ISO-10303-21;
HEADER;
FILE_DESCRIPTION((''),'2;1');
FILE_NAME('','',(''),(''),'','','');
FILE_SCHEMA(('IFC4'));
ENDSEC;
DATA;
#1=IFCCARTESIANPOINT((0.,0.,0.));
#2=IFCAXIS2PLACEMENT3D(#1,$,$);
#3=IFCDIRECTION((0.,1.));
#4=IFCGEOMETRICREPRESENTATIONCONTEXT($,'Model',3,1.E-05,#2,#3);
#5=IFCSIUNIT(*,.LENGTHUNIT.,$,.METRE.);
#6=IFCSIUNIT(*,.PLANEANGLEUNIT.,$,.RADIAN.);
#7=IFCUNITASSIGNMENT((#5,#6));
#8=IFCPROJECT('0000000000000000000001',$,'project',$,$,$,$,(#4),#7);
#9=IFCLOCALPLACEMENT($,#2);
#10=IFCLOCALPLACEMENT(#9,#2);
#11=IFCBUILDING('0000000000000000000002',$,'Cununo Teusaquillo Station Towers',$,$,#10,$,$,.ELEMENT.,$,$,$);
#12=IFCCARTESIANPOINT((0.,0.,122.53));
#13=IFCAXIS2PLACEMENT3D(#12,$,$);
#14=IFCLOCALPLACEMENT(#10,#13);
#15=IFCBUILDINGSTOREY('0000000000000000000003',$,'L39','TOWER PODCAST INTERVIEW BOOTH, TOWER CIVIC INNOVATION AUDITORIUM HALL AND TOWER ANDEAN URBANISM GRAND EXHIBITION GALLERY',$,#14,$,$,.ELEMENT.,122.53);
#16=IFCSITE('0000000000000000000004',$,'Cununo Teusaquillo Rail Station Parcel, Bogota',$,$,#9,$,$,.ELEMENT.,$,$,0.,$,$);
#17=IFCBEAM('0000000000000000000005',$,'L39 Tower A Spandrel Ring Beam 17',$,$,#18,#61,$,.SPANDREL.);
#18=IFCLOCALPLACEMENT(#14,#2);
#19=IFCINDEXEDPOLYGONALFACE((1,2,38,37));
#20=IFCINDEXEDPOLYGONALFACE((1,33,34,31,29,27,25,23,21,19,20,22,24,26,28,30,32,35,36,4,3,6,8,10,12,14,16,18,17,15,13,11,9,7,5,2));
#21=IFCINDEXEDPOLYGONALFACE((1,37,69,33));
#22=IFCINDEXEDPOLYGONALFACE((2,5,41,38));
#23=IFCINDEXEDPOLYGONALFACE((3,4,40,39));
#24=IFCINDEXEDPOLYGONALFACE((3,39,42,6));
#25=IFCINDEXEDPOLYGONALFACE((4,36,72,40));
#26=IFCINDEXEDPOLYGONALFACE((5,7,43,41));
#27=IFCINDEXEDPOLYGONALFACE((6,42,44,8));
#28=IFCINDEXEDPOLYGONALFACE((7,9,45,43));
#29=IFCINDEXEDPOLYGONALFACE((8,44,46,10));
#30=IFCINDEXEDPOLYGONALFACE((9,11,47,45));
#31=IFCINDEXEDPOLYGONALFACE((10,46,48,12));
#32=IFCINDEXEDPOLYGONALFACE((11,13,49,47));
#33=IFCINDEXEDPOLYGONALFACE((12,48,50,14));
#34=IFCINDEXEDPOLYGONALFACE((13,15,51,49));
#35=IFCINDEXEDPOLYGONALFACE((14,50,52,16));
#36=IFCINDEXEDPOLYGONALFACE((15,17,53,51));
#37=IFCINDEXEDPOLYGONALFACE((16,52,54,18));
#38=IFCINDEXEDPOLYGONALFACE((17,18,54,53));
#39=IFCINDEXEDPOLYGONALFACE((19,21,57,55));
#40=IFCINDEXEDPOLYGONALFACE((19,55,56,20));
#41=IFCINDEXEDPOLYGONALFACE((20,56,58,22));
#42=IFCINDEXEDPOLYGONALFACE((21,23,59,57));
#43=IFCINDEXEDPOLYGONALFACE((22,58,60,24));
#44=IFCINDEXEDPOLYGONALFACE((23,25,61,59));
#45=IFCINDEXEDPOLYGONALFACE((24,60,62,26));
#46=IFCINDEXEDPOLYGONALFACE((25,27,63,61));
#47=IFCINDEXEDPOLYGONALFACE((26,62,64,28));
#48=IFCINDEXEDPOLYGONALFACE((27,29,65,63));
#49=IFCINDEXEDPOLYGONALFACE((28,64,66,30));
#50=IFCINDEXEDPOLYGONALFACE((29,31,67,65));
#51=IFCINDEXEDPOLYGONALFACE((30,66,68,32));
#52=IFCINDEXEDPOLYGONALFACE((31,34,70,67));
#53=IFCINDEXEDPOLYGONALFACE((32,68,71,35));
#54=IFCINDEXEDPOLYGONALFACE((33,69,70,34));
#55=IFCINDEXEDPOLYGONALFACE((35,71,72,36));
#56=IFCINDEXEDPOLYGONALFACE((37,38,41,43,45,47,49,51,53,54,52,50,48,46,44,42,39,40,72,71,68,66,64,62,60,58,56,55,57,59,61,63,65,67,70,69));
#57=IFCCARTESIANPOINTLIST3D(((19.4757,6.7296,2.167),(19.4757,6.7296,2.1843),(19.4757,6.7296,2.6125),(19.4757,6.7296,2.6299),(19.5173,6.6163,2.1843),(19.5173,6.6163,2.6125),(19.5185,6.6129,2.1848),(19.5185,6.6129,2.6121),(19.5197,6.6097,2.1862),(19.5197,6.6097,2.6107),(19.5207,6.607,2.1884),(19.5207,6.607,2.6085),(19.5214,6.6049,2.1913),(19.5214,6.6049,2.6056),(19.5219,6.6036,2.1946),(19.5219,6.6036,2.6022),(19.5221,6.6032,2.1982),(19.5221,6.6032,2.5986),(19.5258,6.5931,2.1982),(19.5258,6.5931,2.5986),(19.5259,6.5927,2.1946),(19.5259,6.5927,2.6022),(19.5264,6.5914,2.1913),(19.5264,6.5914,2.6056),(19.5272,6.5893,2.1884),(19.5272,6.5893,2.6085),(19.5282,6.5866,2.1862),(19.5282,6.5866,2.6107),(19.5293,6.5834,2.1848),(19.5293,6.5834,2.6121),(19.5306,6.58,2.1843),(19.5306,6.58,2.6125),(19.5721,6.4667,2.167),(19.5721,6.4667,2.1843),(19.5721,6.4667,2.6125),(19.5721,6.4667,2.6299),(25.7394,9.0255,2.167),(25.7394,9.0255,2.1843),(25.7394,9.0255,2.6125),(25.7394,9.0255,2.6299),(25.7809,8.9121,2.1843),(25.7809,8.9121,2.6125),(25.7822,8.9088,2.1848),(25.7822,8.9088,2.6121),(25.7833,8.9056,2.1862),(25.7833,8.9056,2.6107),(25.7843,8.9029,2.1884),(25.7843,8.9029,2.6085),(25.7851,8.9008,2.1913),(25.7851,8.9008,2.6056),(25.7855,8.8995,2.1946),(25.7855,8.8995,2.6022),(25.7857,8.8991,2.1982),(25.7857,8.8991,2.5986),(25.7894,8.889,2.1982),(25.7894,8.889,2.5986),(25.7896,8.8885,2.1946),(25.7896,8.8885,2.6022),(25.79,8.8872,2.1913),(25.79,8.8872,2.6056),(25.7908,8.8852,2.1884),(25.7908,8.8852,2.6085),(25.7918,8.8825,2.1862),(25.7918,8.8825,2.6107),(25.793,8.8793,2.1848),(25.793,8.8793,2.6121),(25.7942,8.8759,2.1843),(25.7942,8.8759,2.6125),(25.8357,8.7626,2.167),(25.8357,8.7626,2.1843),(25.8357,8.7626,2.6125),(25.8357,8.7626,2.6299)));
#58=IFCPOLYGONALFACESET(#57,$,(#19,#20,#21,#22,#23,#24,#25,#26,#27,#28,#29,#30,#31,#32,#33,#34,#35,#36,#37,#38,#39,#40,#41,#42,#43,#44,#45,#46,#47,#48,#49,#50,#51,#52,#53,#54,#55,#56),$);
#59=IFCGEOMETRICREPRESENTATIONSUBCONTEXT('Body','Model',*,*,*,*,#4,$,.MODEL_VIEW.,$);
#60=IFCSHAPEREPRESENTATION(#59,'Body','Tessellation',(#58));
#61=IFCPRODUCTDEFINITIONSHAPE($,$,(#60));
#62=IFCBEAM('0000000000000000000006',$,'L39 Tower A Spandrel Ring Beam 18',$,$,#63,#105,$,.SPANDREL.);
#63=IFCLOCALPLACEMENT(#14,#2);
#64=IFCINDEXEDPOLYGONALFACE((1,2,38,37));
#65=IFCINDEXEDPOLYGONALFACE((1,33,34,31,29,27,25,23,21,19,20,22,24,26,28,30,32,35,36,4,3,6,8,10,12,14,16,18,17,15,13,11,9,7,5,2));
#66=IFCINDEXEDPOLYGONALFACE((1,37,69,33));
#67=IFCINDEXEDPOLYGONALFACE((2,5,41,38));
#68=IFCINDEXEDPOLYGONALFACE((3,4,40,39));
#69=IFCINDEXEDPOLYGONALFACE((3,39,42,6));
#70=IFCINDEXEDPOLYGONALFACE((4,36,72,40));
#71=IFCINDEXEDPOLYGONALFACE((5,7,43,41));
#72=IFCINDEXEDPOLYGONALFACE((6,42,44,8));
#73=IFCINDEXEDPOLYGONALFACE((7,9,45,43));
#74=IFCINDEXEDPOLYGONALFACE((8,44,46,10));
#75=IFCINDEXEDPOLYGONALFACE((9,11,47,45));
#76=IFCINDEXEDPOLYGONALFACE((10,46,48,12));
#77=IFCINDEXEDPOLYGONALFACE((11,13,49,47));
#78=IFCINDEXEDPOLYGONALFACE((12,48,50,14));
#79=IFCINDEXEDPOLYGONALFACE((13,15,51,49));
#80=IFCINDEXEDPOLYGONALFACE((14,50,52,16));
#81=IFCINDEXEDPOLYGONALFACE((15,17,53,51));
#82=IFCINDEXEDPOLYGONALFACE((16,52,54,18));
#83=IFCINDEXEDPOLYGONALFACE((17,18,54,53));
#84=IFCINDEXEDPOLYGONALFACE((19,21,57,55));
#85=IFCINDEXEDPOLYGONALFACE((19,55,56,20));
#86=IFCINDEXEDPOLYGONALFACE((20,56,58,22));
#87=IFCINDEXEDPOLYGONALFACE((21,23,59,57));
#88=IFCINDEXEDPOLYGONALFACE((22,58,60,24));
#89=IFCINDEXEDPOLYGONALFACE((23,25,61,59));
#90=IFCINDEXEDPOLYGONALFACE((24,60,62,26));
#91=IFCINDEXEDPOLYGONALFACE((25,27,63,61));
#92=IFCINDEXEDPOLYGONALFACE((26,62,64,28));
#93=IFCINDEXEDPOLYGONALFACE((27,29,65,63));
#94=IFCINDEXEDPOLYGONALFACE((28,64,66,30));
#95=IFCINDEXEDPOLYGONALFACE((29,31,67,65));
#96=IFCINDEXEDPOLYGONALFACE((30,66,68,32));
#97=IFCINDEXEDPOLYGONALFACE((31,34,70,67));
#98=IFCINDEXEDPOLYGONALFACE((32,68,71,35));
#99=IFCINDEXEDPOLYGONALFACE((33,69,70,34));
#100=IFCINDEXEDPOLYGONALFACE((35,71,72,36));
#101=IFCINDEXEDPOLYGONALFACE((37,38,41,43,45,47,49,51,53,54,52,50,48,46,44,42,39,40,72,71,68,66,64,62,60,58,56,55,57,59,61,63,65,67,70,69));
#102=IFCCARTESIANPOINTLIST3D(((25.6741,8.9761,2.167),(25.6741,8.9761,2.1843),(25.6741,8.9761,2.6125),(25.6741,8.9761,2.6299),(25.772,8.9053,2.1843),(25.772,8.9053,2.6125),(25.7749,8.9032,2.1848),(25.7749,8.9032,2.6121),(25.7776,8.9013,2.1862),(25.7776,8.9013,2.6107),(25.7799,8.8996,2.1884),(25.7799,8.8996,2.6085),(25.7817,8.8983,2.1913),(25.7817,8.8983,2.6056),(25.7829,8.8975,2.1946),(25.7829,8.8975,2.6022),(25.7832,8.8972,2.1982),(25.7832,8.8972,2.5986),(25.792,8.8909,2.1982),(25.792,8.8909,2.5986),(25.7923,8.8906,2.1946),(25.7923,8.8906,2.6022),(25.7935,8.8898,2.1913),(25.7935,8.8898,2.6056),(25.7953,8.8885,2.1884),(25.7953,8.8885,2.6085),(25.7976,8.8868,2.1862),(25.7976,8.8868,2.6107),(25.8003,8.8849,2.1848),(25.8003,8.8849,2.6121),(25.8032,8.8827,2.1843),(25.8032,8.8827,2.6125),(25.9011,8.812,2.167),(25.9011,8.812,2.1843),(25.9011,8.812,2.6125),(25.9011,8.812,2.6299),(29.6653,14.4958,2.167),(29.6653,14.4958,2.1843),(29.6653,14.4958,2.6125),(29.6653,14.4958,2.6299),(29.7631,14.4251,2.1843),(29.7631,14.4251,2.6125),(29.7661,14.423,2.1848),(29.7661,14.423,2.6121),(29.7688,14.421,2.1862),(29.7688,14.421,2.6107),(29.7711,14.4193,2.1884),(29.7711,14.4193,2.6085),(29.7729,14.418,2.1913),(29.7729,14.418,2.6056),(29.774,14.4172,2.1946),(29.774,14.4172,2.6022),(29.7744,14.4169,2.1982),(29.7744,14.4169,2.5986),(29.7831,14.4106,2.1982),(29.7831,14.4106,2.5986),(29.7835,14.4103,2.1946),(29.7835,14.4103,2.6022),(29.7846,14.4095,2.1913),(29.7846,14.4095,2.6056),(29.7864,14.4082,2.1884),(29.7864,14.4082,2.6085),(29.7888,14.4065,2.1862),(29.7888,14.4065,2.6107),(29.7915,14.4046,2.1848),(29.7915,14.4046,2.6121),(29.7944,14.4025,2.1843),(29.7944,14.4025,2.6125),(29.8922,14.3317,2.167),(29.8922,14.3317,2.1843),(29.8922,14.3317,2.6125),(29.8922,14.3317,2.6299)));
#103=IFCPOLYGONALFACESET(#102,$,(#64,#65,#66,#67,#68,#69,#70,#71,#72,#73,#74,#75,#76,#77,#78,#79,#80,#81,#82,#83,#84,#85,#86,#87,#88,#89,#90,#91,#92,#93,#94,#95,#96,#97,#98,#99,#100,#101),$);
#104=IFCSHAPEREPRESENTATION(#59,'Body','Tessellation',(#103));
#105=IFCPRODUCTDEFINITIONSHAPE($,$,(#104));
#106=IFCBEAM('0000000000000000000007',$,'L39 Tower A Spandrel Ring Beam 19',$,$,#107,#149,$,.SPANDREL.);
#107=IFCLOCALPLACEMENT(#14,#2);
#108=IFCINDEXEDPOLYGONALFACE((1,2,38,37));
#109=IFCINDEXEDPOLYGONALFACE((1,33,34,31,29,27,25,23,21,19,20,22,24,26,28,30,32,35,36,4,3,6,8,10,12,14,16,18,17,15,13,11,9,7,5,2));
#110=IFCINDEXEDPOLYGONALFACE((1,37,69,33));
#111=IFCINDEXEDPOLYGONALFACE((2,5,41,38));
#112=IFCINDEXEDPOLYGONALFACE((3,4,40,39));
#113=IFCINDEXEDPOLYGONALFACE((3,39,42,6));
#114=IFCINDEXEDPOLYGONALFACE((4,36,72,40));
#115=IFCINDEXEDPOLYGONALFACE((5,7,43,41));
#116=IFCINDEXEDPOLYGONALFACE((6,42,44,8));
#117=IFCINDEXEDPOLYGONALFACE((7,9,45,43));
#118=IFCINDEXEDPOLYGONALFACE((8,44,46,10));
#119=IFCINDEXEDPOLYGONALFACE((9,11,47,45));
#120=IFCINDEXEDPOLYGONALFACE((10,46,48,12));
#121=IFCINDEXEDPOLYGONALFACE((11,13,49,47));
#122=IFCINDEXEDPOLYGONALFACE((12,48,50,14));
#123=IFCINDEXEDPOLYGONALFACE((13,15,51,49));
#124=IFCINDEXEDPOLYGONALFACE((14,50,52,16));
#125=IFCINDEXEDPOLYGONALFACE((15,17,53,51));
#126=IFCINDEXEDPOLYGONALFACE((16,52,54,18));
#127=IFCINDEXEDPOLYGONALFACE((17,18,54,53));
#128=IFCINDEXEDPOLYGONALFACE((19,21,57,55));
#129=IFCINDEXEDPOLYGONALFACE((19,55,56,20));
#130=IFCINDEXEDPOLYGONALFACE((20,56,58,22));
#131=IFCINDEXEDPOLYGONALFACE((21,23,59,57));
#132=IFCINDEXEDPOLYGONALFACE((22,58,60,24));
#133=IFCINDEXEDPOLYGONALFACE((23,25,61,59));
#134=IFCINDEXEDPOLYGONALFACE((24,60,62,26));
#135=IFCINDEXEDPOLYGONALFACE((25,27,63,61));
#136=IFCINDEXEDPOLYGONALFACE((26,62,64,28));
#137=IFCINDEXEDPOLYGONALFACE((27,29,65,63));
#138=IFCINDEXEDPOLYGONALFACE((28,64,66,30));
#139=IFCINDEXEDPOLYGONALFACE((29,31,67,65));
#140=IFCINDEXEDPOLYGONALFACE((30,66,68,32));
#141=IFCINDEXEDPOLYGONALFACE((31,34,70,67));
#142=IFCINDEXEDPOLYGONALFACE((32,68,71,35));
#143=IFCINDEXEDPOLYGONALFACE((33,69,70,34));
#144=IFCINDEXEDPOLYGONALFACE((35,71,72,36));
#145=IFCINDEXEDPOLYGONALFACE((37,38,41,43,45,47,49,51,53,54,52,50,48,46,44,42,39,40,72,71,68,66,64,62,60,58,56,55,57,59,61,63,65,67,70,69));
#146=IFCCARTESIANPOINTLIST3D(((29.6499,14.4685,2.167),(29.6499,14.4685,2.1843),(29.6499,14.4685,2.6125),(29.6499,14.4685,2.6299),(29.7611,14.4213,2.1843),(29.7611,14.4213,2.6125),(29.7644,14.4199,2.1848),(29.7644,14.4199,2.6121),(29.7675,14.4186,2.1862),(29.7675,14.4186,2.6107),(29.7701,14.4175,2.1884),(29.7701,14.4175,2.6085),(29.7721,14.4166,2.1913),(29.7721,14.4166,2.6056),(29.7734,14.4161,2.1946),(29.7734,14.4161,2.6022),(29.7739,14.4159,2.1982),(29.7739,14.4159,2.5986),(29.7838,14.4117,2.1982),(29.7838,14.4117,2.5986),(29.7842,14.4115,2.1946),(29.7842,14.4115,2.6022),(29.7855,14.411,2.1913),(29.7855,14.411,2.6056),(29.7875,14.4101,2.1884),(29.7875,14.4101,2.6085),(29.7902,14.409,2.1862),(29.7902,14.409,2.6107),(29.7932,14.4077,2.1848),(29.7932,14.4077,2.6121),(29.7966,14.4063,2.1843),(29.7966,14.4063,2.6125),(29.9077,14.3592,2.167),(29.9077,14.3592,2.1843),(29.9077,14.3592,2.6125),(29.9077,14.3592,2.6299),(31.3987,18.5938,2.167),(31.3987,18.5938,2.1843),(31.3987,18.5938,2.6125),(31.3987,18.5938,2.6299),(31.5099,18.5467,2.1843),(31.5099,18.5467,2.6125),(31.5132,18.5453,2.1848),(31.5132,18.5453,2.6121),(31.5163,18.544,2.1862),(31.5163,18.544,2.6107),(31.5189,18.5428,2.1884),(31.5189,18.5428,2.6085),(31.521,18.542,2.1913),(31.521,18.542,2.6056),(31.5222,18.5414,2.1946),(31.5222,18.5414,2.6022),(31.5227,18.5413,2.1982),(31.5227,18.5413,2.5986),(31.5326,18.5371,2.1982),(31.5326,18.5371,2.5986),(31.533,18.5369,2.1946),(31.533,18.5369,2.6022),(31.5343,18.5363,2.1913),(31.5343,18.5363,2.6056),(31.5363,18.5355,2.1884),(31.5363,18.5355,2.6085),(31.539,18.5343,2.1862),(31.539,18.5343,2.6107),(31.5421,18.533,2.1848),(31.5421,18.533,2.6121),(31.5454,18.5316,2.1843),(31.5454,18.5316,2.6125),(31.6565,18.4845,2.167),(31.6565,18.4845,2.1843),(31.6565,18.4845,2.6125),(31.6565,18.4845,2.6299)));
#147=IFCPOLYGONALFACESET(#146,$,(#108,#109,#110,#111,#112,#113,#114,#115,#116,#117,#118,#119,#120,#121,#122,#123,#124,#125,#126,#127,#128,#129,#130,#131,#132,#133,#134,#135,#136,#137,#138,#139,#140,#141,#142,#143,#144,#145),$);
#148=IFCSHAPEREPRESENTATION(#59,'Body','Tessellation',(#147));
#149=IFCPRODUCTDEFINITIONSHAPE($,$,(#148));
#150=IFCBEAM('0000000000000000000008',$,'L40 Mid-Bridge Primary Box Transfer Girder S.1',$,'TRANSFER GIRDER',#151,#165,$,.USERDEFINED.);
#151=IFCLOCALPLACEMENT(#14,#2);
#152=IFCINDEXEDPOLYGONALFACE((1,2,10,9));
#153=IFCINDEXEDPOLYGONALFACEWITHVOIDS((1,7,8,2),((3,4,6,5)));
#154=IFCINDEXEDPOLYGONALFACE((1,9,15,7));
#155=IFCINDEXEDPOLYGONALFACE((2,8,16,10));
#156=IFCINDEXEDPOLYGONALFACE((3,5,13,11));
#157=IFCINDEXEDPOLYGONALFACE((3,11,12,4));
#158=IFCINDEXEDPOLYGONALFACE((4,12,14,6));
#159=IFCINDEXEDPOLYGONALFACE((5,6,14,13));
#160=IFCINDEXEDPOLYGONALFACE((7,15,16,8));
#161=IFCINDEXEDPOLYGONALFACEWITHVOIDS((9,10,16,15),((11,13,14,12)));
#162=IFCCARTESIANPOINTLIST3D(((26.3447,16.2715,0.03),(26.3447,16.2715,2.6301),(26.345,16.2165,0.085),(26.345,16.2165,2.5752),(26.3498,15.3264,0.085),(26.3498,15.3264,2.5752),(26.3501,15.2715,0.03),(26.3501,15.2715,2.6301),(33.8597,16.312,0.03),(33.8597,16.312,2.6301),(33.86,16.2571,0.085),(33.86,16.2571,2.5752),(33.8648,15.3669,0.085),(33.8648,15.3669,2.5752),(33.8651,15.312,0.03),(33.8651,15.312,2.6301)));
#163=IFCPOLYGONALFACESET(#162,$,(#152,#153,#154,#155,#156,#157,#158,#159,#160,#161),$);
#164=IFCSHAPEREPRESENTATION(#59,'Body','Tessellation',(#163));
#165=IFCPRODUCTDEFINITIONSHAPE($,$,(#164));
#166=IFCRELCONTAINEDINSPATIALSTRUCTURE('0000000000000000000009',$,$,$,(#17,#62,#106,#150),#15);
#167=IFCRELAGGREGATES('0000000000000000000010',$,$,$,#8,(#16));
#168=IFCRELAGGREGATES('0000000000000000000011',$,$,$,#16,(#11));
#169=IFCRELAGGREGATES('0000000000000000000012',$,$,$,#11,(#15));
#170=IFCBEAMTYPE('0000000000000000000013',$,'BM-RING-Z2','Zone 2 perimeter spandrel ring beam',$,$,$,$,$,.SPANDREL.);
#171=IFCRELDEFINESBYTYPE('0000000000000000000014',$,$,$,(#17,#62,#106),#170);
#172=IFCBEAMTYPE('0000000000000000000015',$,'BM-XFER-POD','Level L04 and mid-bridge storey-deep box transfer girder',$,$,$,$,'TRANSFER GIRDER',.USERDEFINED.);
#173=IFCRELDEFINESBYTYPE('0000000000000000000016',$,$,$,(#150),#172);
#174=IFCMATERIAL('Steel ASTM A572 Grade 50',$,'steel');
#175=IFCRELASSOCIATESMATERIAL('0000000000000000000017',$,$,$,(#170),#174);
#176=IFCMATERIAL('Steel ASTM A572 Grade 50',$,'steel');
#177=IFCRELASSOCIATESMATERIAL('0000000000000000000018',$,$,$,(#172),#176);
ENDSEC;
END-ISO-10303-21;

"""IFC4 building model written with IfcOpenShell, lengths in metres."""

from ifc_helpers import new_model, si_unit, direction, frame, origin, origin_2d, place, context, subcontext, project, spatial, hollow_rectangle, i_section, extrude, material, material_profile, profile_set, type_object, element, save


model = new_model("IFC4")

# Units and contexts
model_context = context("Model", 3, precision=1e-05, world=origin(), true_north=direction((0.0, 1.0)))
body_context = subcontext(model_context, "Body", "Model", "MODEL_VIEW")
ifc_project = project(units=[si_unit("LENGTHUNIT", "METRE"), si_unit("PLANEANGLEUNIT", "RADIAN")], contexts=[model_context])

# Site, building, storey
site_placement = place(None, origin())
site = spatial("IfcSite", under=ifc_project, at=site_placement, Name="Cununo Teusaquillo Rail Station Parcel, Bogota", CompositionType="ELEMENT", RefElevation=0.0)
building_placement = place(site_placement, origin())
building = spatial("IfcBuilding", under=site, at=building_placement, Name="Cununo Teusaquillo Station Towers", CompositionType="ELEMENT")
storey_placement = place(building_placement, frame((0.0, 0.0, 122.53)))
storey = spatial("IfcBuildingStorey", under=building, at=storey_placement, Name="L39", Description="TOWER PODCAST INTERVIEW BOOTH, TOWER CIVIC INNOVATION AUDITORIUM HALL AND TOWER ANDEAN URBANISM GRAND EXHIBITION GALLERY", CompositionType="ELEMENT", Elevation=122.53)

# Beams
ifc_material_1 = material(Name="Steel ASTM A572 Grade 50", Category="steel")
ifc_material_profile_1 = material_profile(ifc_material_1, i_section(OverallWidth=0.28, OverallDepth=0.4629, WebThickness=0.0107, FlangeThickness=0.0173, FilletRadius=0.0139, at=origin_2d()), Name="W18X76")
ifc_profile_set_1 = profile_set([ifc_material_profile_1], Name="Steel ASTM A572 Grade 50")
beam_type_1 = type_object("IfcBeamType", Name="BM-RING-Z2", Description="Zone 2 perimeter spandrel ring beam", PredefinedType="SPANDREL", material=ifc_profile_set_1)
beam_1_placement = place(storey_placement, frame((19.5239, 6.5981, 2.3984), z_axis=(0.938914, 0.344151, 0.0), x_axis=(-0.344151, 0.938914, 0.0)))
element("IfcBeam", 1, at=beam_1_placement, inside=storey, type_object=beam_type_1, Name="L39 Tower A Spandrel Ring Beam 17", PredefinedType="SPANDREL", context=body_context, shape_type="SweptSolid", body=[
    extrude(i_section(OverallWidth=0.28, OverallDepth=0.4629, WebThickness=0.0107, FlangeThickness=0.0173, FilletRadius=0.0139, at=origin_2d()), origin(), (0.0, 0.0, 1.0), 6.6711),
])
beam_2_placement = place(storey_placement, frame((25.7876, 8.894, 2.3984), z_axis=(0.585945, 0.810351, 0.0), x_axis=(-0.810351, 0.585945, 0.0)))
element("IfcBeam", 2, at=beam_2_placement, inside=storey, type_object=beam_type_1, Name="L39 Tower A Spandrel Ring Beam 18", PredefinedType="SPANDREL", context=body_context, shape_type="SweptSolid", body=[
    extrude(i_section(OverallWidth=0.28, OverallDepth=0.4629, WebThickness=0.0107, FlangeThickness=0.0173, FilletRadius=0.0139, at=origin_2d()), origin(), (0.0, 0.0, 1.0), 6.8115),
])
beam_3_placement = place(storey_placement, frame((29.7788, 14.4138, 2.3984), z_axis=(0.390299, 0.920688, 0.0), x_axis=(-0.920688, 0.390299, 0.0)))
element("IfcBeam", 3, at=beam_3_placement, inside=storey, type_object=beam_type_1, Name="L39 Tower A Spandrel Ring Beam 19", PredefinedType="SPANDREL", context=body_context, shape_type="SweptSolid", body=[
    extrude(i_section(OverallWidth=0.28, OverallDepth=0.4629, WebThickness=0.0107, FlangeThickness=0.0173, FilletRadius=0.0139, at=origin_2d()), origin(), (0.0, 0.0, 1.0), 4.4807),
])
ifc_material_2 = material(Name="Steel ASTM A572 Grade 50", Category="steel")
ifc_material_profile_2 = material_profile(ifc_material_2, hollow_rectangle(XDim=1.0, YDim=2.6001, WallThickness=0.0549, at=origin_2d()), Name="BOX 2600x1000x55")
ifc_profile_set_2 = profile_set([ifc_material_profile_2], Name="Steel ASTM A572 Grade 50")
beam_type_2 = type_object("IfcBeamType", Name="BM-XFER-POD", Description="Level L04 and mid-bridge storey-deep box transfer girder", ElementType="TRANSFER GIRDER", PredefinedType="USERDEFINED", material=ifc_profile_set_2)
beam_4_placement = place(storey_placement, frame((26.3474, 15.7715, 1.3301), z_axis=(0.999985, 0.005393, 0.0), x_axis=(-0.005393, 0.999985, 0.0)))
element("IfcBeam", 4, at=beam_4_placement, inside=storey, type_object=beam_type_2, Name="L40 Mid-Bridge Primary Box Transfer Girder S.1", ObjectType="TRANSFER GIRDER", PredefinedType="USERDEFINED", context=body_context, shape_type="SweptSolid", body=[
    extrude(hollow_rectangle(XDim=1.0, YDim=2.6001, WallThickness=0.0549, at=origin_2d()), origin(), (0.0, 0.0, 1.0), 7.5151),
])

save(model, "model.ifc")
